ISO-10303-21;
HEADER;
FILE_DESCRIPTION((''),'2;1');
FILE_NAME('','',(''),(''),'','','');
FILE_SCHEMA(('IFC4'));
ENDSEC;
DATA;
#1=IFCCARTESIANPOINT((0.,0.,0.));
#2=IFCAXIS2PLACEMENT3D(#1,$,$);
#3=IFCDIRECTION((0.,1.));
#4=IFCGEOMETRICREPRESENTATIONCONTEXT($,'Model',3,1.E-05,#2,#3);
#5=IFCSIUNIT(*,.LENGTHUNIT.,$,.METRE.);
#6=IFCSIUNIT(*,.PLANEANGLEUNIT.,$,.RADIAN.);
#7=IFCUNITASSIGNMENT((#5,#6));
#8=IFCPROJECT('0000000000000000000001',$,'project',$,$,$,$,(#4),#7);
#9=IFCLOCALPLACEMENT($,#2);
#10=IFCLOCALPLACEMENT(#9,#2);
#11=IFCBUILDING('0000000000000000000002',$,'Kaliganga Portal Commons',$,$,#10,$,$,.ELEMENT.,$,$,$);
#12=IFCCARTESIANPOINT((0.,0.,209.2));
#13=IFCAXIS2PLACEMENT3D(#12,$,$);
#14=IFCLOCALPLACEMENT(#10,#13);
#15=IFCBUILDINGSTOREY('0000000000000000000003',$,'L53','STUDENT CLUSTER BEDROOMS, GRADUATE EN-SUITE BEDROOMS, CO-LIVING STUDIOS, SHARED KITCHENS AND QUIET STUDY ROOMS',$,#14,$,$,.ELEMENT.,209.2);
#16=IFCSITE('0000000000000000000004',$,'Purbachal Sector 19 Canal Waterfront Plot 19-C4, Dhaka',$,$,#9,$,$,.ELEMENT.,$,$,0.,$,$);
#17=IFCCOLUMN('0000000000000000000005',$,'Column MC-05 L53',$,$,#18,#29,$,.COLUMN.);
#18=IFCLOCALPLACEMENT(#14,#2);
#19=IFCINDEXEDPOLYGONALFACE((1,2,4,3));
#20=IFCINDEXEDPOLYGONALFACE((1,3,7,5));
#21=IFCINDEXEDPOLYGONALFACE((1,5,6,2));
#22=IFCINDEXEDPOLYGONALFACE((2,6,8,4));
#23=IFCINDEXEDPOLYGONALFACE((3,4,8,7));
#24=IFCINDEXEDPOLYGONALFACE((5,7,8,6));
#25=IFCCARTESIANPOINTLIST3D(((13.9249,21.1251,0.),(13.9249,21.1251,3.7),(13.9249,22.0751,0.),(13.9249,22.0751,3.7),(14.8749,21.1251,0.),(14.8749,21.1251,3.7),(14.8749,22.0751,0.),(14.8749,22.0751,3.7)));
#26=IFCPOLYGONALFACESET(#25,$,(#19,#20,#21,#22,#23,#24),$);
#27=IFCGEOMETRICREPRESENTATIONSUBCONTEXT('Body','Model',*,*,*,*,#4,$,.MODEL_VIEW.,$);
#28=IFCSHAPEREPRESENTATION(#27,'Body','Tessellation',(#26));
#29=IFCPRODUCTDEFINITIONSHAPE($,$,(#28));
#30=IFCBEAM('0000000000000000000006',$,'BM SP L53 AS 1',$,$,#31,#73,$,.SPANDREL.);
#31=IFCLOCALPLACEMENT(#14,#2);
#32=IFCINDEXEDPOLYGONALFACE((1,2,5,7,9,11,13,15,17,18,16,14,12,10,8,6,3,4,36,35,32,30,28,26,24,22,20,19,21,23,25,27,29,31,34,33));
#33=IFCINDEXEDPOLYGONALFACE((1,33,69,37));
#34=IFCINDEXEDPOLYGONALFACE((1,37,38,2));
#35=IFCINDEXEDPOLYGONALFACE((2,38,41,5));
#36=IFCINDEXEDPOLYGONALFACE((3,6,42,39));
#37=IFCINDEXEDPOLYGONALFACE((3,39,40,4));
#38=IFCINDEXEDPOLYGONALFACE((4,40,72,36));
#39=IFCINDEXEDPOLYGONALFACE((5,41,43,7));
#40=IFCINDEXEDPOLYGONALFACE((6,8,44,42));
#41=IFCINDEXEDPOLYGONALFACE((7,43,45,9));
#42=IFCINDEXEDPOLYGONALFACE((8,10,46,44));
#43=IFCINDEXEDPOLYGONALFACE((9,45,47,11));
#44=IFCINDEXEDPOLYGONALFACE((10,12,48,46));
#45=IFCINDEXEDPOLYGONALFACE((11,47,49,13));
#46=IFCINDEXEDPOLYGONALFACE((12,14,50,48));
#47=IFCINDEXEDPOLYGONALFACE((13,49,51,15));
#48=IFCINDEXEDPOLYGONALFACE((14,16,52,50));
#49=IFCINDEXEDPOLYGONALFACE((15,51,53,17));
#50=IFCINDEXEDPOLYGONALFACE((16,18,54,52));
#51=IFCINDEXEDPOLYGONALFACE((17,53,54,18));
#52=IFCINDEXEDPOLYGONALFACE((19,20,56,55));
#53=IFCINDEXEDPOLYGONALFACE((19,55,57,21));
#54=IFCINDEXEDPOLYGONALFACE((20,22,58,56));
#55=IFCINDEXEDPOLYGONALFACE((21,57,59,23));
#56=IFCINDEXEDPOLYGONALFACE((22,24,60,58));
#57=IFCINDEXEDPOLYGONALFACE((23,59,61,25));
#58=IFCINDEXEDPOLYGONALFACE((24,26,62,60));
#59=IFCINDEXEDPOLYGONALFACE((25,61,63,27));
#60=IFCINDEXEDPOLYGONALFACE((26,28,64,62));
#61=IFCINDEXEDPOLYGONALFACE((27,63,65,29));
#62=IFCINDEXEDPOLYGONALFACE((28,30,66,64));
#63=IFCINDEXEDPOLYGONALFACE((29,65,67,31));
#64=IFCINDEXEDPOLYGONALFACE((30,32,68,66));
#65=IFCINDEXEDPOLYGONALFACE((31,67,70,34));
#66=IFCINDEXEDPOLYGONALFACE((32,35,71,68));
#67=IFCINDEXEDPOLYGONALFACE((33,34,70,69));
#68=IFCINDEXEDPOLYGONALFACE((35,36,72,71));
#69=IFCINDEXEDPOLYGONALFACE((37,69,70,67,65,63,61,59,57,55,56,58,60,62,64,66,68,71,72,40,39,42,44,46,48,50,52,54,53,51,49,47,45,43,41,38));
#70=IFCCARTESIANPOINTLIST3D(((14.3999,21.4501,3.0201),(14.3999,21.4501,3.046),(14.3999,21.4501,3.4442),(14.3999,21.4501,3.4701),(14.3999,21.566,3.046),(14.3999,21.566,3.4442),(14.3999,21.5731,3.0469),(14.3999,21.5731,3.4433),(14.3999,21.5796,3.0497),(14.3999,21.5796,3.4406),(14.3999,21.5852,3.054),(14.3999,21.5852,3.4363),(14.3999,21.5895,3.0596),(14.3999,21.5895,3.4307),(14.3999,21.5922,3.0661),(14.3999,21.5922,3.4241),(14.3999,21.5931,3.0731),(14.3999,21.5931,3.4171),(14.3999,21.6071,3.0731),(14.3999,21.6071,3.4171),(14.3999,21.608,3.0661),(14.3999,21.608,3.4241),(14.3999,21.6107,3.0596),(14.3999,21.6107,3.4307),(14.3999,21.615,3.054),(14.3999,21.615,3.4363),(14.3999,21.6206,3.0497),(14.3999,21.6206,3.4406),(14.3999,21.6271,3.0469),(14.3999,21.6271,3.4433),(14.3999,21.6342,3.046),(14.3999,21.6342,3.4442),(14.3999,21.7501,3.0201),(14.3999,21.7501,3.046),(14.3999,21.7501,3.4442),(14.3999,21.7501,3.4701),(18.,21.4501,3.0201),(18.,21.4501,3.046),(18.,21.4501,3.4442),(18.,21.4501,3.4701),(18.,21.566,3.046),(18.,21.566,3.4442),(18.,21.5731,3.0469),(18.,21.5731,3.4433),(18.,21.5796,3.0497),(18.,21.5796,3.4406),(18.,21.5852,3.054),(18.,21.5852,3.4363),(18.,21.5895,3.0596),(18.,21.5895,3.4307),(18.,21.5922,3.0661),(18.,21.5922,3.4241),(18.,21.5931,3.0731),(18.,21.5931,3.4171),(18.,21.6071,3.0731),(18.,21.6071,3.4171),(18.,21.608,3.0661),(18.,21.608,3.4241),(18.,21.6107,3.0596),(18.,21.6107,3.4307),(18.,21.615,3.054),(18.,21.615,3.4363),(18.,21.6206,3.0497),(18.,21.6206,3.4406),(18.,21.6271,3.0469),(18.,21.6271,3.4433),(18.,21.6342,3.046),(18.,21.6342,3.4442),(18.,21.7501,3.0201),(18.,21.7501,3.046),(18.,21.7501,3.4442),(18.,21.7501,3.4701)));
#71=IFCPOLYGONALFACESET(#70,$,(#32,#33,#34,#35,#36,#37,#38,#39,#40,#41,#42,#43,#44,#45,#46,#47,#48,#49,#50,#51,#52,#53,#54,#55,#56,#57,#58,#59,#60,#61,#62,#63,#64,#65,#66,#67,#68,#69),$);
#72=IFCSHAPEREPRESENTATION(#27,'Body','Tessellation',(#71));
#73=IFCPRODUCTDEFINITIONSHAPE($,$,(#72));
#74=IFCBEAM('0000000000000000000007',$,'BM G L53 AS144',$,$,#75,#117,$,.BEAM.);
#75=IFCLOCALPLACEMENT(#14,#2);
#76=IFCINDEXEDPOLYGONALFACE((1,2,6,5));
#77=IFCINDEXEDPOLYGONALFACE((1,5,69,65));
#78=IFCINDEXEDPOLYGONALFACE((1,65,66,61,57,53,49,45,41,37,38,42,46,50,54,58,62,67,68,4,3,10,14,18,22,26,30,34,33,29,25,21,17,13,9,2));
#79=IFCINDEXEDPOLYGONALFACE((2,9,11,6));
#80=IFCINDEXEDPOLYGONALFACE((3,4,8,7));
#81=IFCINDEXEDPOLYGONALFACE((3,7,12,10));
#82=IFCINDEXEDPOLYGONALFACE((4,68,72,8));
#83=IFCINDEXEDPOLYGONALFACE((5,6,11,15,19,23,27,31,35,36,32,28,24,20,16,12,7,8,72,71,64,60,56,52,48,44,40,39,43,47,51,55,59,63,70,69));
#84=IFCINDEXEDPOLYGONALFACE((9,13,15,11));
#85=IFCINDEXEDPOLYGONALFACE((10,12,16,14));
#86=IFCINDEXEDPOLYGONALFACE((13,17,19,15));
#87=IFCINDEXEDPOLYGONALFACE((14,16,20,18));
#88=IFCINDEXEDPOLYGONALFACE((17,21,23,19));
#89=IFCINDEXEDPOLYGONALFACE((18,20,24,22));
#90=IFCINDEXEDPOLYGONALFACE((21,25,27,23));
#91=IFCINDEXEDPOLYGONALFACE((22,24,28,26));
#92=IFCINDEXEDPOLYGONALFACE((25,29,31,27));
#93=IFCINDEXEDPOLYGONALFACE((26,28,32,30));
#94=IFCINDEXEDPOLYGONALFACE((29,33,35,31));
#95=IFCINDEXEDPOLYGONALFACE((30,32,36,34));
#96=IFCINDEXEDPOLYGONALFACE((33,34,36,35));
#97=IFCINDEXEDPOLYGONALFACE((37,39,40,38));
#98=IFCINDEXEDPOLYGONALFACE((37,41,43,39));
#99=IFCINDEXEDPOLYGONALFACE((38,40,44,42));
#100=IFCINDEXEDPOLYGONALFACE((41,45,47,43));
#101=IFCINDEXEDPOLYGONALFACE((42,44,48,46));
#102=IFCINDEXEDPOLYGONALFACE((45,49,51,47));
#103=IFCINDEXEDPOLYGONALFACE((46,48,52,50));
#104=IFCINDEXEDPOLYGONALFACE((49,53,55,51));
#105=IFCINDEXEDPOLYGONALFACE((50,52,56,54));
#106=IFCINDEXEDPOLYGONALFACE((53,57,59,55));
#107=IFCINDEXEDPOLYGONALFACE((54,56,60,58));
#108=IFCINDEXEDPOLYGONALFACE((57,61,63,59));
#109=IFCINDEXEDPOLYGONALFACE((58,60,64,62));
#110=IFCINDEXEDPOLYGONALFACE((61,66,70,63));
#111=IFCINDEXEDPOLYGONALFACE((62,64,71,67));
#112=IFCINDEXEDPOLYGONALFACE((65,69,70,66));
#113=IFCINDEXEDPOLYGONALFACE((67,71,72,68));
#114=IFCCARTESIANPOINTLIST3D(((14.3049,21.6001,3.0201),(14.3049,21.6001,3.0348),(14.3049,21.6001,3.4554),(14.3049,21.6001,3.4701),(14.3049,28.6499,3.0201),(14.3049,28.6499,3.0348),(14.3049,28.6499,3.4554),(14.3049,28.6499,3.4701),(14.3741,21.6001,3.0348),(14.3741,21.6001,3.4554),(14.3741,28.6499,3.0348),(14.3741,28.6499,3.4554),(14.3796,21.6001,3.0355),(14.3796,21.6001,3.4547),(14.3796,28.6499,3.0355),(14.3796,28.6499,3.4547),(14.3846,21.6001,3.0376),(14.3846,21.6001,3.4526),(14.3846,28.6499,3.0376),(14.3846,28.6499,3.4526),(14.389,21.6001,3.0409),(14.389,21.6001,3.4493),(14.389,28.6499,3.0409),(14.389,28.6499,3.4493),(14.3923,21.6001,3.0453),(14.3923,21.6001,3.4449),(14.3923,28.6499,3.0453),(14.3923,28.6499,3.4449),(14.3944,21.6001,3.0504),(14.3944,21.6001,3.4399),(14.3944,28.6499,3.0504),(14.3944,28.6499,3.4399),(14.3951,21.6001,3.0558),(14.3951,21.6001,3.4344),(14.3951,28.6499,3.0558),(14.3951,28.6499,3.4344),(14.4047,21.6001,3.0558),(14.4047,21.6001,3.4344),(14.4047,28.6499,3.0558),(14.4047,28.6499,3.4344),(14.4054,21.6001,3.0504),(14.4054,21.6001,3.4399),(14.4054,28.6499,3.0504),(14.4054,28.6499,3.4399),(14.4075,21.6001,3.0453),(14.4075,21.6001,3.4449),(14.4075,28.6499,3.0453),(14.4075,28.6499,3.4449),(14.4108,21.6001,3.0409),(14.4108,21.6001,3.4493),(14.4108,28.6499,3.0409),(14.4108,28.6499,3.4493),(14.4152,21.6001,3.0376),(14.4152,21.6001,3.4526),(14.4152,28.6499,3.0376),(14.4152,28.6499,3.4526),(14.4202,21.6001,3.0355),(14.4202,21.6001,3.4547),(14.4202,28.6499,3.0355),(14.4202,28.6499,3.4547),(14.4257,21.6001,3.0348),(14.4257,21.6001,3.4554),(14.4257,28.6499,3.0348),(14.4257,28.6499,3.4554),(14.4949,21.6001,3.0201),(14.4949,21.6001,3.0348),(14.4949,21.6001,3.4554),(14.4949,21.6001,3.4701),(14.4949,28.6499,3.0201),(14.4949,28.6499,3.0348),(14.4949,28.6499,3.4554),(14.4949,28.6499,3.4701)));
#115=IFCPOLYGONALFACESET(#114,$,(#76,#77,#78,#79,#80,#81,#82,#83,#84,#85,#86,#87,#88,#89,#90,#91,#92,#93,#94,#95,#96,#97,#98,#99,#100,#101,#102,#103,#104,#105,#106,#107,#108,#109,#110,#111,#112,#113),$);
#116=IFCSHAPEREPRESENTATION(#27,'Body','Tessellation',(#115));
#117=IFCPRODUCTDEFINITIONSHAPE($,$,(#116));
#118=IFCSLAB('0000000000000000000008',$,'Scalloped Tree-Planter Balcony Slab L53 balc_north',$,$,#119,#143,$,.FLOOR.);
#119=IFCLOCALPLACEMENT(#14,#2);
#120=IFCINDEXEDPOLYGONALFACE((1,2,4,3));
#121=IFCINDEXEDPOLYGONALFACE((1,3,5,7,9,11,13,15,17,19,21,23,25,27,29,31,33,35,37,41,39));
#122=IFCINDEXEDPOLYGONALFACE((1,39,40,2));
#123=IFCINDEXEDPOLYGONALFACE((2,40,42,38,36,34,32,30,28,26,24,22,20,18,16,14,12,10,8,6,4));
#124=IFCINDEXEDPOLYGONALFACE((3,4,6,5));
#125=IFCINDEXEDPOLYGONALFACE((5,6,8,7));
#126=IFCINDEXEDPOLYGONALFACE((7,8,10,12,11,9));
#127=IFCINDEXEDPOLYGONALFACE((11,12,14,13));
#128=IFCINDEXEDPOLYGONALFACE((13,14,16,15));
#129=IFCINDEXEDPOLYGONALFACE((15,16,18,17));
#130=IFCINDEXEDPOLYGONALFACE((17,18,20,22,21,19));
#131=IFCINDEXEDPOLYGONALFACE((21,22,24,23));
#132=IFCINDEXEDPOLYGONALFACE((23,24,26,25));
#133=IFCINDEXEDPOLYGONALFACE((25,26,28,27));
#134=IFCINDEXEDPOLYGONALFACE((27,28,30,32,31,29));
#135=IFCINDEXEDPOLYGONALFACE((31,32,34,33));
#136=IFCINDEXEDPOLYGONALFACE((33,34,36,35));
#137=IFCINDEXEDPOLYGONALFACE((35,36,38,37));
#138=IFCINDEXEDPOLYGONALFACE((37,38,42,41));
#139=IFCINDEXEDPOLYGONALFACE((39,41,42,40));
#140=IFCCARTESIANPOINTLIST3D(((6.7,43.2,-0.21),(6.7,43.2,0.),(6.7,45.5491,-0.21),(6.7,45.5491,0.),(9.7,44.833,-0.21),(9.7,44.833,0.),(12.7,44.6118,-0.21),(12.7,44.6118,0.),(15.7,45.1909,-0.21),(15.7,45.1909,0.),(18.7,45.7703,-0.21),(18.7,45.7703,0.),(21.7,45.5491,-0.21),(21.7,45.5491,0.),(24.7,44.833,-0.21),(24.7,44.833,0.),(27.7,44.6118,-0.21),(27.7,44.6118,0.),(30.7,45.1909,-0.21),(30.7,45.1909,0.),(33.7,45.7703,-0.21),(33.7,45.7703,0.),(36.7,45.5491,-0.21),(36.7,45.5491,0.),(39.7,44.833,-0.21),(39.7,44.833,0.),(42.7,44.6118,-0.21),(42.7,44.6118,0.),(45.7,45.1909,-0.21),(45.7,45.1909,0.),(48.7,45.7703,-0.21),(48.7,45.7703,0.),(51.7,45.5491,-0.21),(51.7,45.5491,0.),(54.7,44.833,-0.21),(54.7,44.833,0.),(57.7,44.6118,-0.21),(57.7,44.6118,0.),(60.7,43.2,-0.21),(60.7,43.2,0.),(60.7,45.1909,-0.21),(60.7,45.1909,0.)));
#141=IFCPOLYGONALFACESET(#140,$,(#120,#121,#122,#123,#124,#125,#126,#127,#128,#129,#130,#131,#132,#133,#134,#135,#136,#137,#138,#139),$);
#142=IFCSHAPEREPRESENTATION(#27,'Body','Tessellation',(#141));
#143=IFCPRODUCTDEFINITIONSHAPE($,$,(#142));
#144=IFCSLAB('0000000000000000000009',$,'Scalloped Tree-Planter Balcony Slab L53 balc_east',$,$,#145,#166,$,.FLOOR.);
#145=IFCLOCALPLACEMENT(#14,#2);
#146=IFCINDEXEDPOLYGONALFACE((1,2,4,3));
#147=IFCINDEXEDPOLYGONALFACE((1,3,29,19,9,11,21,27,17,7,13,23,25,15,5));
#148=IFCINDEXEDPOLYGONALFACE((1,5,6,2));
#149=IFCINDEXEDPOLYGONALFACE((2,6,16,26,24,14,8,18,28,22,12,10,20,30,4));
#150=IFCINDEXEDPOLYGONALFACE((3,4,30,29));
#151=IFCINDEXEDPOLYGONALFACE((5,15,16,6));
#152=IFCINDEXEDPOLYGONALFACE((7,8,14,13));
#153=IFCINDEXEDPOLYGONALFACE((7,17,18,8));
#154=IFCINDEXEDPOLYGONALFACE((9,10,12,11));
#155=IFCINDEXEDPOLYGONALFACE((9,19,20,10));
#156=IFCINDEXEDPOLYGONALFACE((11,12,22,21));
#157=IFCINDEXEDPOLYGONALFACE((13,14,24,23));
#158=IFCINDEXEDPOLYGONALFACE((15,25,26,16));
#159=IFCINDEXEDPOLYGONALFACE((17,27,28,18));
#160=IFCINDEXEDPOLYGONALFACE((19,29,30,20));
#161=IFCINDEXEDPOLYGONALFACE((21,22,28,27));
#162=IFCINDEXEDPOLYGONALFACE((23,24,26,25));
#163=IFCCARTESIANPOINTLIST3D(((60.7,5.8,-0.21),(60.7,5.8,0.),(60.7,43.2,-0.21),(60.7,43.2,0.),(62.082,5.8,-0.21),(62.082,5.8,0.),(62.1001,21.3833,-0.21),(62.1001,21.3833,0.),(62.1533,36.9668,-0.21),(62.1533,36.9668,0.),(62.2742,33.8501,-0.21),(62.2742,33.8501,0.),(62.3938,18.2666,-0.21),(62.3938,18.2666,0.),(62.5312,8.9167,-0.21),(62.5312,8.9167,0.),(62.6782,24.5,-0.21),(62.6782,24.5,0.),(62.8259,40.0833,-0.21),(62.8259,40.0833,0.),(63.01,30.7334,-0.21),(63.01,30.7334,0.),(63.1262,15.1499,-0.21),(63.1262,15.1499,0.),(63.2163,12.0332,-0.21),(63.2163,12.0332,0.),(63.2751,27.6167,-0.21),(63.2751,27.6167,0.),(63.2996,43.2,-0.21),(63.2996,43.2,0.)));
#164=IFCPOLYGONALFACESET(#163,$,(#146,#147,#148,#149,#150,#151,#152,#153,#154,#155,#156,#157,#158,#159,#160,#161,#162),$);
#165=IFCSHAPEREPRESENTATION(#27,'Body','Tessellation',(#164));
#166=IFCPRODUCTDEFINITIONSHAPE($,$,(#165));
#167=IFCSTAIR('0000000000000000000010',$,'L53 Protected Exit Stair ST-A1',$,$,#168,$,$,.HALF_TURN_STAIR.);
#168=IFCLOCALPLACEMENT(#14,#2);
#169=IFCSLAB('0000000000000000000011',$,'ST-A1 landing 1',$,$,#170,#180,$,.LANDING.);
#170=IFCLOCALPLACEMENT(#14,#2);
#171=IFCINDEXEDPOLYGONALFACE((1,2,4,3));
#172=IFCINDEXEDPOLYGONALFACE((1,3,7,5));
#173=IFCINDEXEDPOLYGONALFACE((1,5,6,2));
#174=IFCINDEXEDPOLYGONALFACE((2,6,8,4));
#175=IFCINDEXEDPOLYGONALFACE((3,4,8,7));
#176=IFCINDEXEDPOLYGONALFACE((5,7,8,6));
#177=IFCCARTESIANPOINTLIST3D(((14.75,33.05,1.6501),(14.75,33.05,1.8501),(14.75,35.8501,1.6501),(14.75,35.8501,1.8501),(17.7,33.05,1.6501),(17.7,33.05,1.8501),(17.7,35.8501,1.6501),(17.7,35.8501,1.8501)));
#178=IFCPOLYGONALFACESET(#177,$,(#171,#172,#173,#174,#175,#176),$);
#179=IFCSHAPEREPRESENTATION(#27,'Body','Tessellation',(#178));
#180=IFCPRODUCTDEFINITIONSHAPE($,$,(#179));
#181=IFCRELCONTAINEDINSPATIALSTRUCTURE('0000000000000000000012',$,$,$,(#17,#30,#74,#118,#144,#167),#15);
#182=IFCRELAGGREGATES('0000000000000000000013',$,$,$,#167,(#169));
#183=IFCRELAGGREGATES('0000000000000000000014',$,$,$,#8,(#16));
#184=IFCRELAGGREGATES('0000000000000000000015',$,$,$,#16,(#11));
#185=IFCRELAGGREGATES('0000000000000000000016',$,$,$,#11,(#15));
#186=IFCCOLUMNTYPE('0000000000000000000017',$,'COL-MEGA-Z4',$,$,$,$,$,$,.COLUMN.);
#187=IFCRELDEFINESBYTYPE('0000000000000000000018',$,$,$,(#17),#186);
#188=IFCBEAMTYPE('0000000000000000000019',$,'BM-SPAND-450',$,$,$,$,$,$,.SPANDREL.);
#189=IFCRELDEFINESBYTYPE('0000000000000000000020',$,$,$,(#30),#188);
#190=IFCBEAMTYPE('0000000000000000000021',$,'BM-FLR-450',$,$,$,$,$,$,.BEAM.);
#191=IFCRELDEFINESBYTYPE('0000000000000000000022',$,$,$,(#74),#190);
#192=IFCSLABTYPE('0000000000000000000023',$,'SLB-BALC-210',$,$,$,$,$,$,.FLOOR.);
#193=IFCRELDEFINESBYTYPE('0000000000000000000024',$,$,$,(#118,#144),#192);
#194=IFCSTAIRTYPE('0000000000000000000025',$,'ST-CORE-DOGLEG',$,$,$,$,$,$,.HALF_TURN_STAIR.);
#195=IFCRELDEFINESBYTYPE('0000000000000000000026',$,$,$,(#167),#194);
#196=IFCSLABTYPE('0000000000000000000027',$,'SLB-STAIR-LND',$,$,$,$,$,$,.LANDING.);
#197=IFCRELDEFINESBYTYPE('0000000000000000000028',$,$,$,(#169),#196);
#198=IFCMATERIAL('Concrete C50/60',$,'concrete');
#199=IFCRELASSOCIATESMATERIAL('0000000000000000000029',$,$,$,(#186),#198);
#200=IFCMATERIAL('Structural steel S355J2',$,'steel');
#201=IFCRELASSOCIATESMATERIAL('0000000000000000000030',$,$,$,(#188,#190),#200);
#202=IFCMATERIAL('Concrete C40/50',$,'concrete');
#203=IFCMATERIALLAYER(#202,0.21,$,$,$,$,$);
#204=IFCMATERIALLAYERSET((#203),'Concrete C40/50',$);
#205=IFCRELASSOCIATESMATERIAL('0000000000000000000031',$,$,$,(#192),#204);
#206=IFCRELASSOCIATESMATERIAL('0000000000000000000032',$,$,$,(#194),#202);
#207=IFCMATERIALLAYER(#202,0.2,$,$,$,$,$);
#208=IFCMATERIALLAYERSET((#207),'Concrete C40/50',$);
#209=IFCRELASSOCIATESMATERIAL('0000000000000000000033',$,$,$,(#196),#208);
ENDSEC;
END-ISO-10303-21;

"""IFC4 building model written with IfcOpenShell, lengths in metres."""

from ifc_helpers import new_model, si_unit, direction, frame, origin, origin_2d, place, context, subcontext, project, spatial, polyline, rectangle, i_section, outline, extrude, source, transform, mapped, material, layer, layer_set, material_profile, profile_set, type_object, element, aggregate, save


model = new_model("IFC4")

# Units and contexts
model_context = context("Model", 3, precision=1e-05, world=origin(), true_north=direction((0.0, 1.0)))
body_context = subcontext(model_context, "Body", "Model", "MODEL_VIEW")
ifc_project = project(units=[si_unit("LENGTHUNIT", "METRE"), si_unit("PLANEANGLEUNIT", "RADIAN")], contexts=[model_context])

# Site, building, storey
site_placement = place(None, origin())
site = spatial("IfcSite", under=ifc_project, at=site_placement, Name="Purbachal Sector 19 Canal Waterfront Plot 19-C4, Dhaka", CompositionType="ELEMENT", RefElevation=0.0)
building_placement = place(site_placement, origin())
building = spatial("IfcBuilding", under=site, at=building_placement, Name="Kaliganga Portal Commons", CompositionType="ELEMENT")
storey_placement = place(building_placement, frame((0.0, 0.0, 209.2)))
storey = spatial("IfcBuildingStorey", under=building, at=storey_placement, Name="L53", Description="STUDENT CLUSTER BEDROOMS, GRADUATE EN-SUITE BEDROOMS, CO-LIVING STUDIOS, SHARED KITCHENS AND QUIET STUDY ROOMS", CompositionType="ELEMENT", Elevation=209.2)

# Column
ifc_material_1 = material(Name="Concrete C50/60", Category="concrete")
ifc_material_profile_1 = material_profile(ifc_material_1, rectangle(XDim=0.95, YDim=0.95, at=origin_2d()), Name="RC 950x950")
ifc_profile_set_1 = profile_set([ifc_material_profile_1], Name="Concrete C50/60")
column_type = type_object("IfcColumnType", Name="COL-MEGA-Z4", PredefinedType="COLUMN", material=ifc_profile_set_1)
shared_shape_1 = source(origin(), body_context, "Body", "SweptSolid", [
    extrude(rectangle(XDim=0.95, YDim=0.95, at=origin_2d()), origin(), (0.0, 0.0, 1.0), 3.7),
])
column_placement = place(storey_placement, frame((14.3999, 21.6001, 0.0), z_axis=(0.0, 0.0, 1.0), x_axis=(1.0, 0.0, 0.0)))
element("IfcColumn", 1, at=column_placement, inside=storey, type_object=column_type, Name="Column MC-05 L53", PredefinedType="COLUMN", context=body_context, shape_type="MappedRepresentation", body=[
    mapped(shared_shape_1, transform((0.0, 0.0, 0.0), x_axis=(1.0, 0.0, 0.0), y_axis=(0.0, 1.0, 0.0), z_axis=(0.0, 0.0, 1.0), scale=1.0)),
])

# Beams
ifc_material_2 = material(Name="Structural steel S355J2", Category="steel")
ifc_material_profile_2 = material_profile(ifc_material_2, i_section(OverallWidth=0.3, OverallDepth=0.45, WebThickness=0.0139, FlangeThickness=0.0259, FilletRadius=0.0271, at=origin_2d()), Name="HE 450 B")
ifc_profile_set_2 = profile_set([ifc_material_profile_2], Name="Structural steel S355J2 wide-flange")
beam_type_1 = type_object("IfcBeamType", Name="BM-SPAND-450", PredefinedType="SPANDREL", material=ifc_profile_set_2)
shared_shape_2 = source(origin(), body_context, "Body", "SweptSolid", [
    extrude(i_section(OverallWidth=0.3, OverallDepth=0.45, WebThickness=0.0139, FlangeThickness=0.0259, FilletRadius=0.0271, at=origin_2d()), origin(), (0.0, 0.0, 1.0), 3.6001),
])
beam_1_placement = place(storey_placement, frame((14.3999, 21.6001, 3.2451), z_axis=(1.0, 0.0, 0.0), x_axis=(0.0, 1.0, 0.0)))
element("IfcBeam", 2, at=beam_1_placement, inside=storey, type_object=beam_type_1, Name="BM SP L53 AS 1", PredefinedType="SPANDREL", context=body_context, shape_type="MappedRepresentation", body=[
    mapped(shared_shape_2, transform((0.0, 0.0, 0.0), x_axis=(1.0, 0.0, 0.0), y_axis=(0.0, 1.0, 0.0), z_axis=(0.0, 0.0, 1.0), scale=1.0)),
])
ifc_material_profile_3 = material_profile(ifc_material_2, i_section(OverallWidth=0.1899, OverallDepth=0.45, WebThickness=0.0095, FlangeThickness=0.0146, FilletRadius=0.021, at=origin_2d()), Name="IPE 450")
ifc_profile_set_3 = profile_set([ifc_material_profile_3], Name="Structural steel S355J2 wide-flange")
beam_type_2 = type_object("IfcBeamType", Name="BM-FLR-450", PredefinedType="BEAM", material=ifc_profile_set_3)
shared_shape_3 = source(origin(), body_context, "Body", "SweptSolid", [
    extrude(i_section(OverallWidth=0.1899, OverallDepth=0.45, WebThickness=0.0095, FlangeThickness=0.0146, FilletRadius=0.021, at=origin_2d()), origin(), (0.0, 0.0, 1.0), 7.0498),
])
beam_2_placement = place(storey_placement, frame((14.3999, 21.6001, 3.2451), z_axis=(0.0, 1.0, 0.0), x_axis=(-1.0, 0.0, 0.0)))
element("IfcBeam", 3, at=beam_2_placement, inside=storey, type_object=beam_type_2, Name="BM G L53 AS144", PredefinedType="BEAM", context=body_context, shape_type="MappedRepresentation", body=[
    mapped(shared_shape_3, transform((0.0, 0.0, 0.0), x_axis=(1.0, 0.0, 0.0), y_axis=(0.0, 1.0, 0.0), z_axis=(0.0, 0.0, 1.0), scale=1.0)),
])

# Slabs
ifc_material_3 = material(Name="Concrete C40/50", Category="concrete")
ifc_layer_1 = layer(ifc_material_3, 0.21)
ifc_layer_set_1 = layer_set([ifc_layer_1], Name="Concrete C40/50")
slab_type_1 = type_object("IfcSlabType", Name="SLB-BALC-210", PredefinedType="FLOOR", material=ifc_layer_set_1)
slab_1_placement = place(storey_placement, frame((0.0, 0.0, -0.21)))
element("IfcSlab", 4, at=slab_1_placement, inside=storey, type_object=slab_type_1, Name="Scalloped Tree-Planter Balcony Slab L53 balc_north", PredefinedType="FLOOR", context=body_context, shape_type="SweptSolid", body=[
    extrude(outline(polyline([(60.7, 43.2), (60.7, 45.1909), (57.7, 44.6118), (54.7, 44.833), (51.7, 45.5491), (48.7, 45.7703), (45.7, 45.1909), (42.7, 44.6118), (39.7, 44.833), (36.7, 45.5491), (33.7, 45.7703), (30.7, 45.1909), (27.7, 44.6118), (24.7, 44.833), (21.7, 45.5491), (18.7, 45.7703), (15.7, 45.1909), (12.7, 44.6118), (9.7, 44.833), (6.7, 45.5491), (6.7, 43.2), (60.7, 43.2)])), origin(), (0.0, 0.0, 1.0), 0.21),
])
slab_2_placement = place(storey_placement, frame((0.0, 0.0, -0.21)))
element("IfcSlab", 5, at=slab_2_placement, inside=storey, type_object=slab_type_1, Name="Scalloped Tree-Planter Balcony Slab L53 balc_east", PredefinedType="FLOOR", context=body_context, shape_type="SweptSolid", body=[
    extrude(outline(polyline([(60.7, 5.8), (62.082, 5.8), (62.5312, 8.9167), (63.2163, 12.0332), (63.1262, 15.1499), (62.3938, 18.2666), (62.1001, 21.3833), (62.6782, 24.5), (63.2751, 27.6167), (63.01, 30.7334), (62.2742, 33.8501), (62.1533, 36.9668), (62.8259, 40.0833), (63.2996, 43.2), (60.7, 43.2), (60.7, 5.8)])), origin(), (0.0, 0.0, 1.0), 0.21),
])

# Stair, slab
stair_type = type_object("IfcStairType", Name="ST-CORE-DOGLEG", PredefinedType="HALF_TURN_STAIR", material=ifc_material_3)
stair_1_placement = place(storey_placement, origin())
stair_1 = element("IfcStair", 6, at=stair_1_placement, inside=storey, type_object=stair_type, Name="L53 Protected Exit Stair ST-A1", PredefinedType="HALF_TURN_STAIR")
ifc_layer_2 = layer(ifc_material_3, 0.2)
ifc_layer_set_2 = layer_set([ifc_layer_2], Name="Concrete C40/50")
slab_type_2 = type_object("IfcSlabType", Name="SLB-STAIR-LND", PredefinedType="LANDING", material=ifc_layer_set_2)
slab_3_placement = place(storey_placement, frame((0.0, 0.0, 1.6501)))
slab_3 = element("IfcSlab", 7, at=slab_3_placement, type_object=slab_type_2, Name="ST-A1 landing 1", PredefinedType="LANDING", context=body_context, shape_type="SweptSolid", body=[
    extrude(outline(polyline([(17.7, 33.05), (17.7, 35.8501), (14.75, 35.8501), (14.75, 33.05), (17.7, 33.05)])), origin(), (0.0, 0.0, 1.0), 0.2),
])
aggregate(stair_1, [slab_3])

save(model, "model.ifc")
